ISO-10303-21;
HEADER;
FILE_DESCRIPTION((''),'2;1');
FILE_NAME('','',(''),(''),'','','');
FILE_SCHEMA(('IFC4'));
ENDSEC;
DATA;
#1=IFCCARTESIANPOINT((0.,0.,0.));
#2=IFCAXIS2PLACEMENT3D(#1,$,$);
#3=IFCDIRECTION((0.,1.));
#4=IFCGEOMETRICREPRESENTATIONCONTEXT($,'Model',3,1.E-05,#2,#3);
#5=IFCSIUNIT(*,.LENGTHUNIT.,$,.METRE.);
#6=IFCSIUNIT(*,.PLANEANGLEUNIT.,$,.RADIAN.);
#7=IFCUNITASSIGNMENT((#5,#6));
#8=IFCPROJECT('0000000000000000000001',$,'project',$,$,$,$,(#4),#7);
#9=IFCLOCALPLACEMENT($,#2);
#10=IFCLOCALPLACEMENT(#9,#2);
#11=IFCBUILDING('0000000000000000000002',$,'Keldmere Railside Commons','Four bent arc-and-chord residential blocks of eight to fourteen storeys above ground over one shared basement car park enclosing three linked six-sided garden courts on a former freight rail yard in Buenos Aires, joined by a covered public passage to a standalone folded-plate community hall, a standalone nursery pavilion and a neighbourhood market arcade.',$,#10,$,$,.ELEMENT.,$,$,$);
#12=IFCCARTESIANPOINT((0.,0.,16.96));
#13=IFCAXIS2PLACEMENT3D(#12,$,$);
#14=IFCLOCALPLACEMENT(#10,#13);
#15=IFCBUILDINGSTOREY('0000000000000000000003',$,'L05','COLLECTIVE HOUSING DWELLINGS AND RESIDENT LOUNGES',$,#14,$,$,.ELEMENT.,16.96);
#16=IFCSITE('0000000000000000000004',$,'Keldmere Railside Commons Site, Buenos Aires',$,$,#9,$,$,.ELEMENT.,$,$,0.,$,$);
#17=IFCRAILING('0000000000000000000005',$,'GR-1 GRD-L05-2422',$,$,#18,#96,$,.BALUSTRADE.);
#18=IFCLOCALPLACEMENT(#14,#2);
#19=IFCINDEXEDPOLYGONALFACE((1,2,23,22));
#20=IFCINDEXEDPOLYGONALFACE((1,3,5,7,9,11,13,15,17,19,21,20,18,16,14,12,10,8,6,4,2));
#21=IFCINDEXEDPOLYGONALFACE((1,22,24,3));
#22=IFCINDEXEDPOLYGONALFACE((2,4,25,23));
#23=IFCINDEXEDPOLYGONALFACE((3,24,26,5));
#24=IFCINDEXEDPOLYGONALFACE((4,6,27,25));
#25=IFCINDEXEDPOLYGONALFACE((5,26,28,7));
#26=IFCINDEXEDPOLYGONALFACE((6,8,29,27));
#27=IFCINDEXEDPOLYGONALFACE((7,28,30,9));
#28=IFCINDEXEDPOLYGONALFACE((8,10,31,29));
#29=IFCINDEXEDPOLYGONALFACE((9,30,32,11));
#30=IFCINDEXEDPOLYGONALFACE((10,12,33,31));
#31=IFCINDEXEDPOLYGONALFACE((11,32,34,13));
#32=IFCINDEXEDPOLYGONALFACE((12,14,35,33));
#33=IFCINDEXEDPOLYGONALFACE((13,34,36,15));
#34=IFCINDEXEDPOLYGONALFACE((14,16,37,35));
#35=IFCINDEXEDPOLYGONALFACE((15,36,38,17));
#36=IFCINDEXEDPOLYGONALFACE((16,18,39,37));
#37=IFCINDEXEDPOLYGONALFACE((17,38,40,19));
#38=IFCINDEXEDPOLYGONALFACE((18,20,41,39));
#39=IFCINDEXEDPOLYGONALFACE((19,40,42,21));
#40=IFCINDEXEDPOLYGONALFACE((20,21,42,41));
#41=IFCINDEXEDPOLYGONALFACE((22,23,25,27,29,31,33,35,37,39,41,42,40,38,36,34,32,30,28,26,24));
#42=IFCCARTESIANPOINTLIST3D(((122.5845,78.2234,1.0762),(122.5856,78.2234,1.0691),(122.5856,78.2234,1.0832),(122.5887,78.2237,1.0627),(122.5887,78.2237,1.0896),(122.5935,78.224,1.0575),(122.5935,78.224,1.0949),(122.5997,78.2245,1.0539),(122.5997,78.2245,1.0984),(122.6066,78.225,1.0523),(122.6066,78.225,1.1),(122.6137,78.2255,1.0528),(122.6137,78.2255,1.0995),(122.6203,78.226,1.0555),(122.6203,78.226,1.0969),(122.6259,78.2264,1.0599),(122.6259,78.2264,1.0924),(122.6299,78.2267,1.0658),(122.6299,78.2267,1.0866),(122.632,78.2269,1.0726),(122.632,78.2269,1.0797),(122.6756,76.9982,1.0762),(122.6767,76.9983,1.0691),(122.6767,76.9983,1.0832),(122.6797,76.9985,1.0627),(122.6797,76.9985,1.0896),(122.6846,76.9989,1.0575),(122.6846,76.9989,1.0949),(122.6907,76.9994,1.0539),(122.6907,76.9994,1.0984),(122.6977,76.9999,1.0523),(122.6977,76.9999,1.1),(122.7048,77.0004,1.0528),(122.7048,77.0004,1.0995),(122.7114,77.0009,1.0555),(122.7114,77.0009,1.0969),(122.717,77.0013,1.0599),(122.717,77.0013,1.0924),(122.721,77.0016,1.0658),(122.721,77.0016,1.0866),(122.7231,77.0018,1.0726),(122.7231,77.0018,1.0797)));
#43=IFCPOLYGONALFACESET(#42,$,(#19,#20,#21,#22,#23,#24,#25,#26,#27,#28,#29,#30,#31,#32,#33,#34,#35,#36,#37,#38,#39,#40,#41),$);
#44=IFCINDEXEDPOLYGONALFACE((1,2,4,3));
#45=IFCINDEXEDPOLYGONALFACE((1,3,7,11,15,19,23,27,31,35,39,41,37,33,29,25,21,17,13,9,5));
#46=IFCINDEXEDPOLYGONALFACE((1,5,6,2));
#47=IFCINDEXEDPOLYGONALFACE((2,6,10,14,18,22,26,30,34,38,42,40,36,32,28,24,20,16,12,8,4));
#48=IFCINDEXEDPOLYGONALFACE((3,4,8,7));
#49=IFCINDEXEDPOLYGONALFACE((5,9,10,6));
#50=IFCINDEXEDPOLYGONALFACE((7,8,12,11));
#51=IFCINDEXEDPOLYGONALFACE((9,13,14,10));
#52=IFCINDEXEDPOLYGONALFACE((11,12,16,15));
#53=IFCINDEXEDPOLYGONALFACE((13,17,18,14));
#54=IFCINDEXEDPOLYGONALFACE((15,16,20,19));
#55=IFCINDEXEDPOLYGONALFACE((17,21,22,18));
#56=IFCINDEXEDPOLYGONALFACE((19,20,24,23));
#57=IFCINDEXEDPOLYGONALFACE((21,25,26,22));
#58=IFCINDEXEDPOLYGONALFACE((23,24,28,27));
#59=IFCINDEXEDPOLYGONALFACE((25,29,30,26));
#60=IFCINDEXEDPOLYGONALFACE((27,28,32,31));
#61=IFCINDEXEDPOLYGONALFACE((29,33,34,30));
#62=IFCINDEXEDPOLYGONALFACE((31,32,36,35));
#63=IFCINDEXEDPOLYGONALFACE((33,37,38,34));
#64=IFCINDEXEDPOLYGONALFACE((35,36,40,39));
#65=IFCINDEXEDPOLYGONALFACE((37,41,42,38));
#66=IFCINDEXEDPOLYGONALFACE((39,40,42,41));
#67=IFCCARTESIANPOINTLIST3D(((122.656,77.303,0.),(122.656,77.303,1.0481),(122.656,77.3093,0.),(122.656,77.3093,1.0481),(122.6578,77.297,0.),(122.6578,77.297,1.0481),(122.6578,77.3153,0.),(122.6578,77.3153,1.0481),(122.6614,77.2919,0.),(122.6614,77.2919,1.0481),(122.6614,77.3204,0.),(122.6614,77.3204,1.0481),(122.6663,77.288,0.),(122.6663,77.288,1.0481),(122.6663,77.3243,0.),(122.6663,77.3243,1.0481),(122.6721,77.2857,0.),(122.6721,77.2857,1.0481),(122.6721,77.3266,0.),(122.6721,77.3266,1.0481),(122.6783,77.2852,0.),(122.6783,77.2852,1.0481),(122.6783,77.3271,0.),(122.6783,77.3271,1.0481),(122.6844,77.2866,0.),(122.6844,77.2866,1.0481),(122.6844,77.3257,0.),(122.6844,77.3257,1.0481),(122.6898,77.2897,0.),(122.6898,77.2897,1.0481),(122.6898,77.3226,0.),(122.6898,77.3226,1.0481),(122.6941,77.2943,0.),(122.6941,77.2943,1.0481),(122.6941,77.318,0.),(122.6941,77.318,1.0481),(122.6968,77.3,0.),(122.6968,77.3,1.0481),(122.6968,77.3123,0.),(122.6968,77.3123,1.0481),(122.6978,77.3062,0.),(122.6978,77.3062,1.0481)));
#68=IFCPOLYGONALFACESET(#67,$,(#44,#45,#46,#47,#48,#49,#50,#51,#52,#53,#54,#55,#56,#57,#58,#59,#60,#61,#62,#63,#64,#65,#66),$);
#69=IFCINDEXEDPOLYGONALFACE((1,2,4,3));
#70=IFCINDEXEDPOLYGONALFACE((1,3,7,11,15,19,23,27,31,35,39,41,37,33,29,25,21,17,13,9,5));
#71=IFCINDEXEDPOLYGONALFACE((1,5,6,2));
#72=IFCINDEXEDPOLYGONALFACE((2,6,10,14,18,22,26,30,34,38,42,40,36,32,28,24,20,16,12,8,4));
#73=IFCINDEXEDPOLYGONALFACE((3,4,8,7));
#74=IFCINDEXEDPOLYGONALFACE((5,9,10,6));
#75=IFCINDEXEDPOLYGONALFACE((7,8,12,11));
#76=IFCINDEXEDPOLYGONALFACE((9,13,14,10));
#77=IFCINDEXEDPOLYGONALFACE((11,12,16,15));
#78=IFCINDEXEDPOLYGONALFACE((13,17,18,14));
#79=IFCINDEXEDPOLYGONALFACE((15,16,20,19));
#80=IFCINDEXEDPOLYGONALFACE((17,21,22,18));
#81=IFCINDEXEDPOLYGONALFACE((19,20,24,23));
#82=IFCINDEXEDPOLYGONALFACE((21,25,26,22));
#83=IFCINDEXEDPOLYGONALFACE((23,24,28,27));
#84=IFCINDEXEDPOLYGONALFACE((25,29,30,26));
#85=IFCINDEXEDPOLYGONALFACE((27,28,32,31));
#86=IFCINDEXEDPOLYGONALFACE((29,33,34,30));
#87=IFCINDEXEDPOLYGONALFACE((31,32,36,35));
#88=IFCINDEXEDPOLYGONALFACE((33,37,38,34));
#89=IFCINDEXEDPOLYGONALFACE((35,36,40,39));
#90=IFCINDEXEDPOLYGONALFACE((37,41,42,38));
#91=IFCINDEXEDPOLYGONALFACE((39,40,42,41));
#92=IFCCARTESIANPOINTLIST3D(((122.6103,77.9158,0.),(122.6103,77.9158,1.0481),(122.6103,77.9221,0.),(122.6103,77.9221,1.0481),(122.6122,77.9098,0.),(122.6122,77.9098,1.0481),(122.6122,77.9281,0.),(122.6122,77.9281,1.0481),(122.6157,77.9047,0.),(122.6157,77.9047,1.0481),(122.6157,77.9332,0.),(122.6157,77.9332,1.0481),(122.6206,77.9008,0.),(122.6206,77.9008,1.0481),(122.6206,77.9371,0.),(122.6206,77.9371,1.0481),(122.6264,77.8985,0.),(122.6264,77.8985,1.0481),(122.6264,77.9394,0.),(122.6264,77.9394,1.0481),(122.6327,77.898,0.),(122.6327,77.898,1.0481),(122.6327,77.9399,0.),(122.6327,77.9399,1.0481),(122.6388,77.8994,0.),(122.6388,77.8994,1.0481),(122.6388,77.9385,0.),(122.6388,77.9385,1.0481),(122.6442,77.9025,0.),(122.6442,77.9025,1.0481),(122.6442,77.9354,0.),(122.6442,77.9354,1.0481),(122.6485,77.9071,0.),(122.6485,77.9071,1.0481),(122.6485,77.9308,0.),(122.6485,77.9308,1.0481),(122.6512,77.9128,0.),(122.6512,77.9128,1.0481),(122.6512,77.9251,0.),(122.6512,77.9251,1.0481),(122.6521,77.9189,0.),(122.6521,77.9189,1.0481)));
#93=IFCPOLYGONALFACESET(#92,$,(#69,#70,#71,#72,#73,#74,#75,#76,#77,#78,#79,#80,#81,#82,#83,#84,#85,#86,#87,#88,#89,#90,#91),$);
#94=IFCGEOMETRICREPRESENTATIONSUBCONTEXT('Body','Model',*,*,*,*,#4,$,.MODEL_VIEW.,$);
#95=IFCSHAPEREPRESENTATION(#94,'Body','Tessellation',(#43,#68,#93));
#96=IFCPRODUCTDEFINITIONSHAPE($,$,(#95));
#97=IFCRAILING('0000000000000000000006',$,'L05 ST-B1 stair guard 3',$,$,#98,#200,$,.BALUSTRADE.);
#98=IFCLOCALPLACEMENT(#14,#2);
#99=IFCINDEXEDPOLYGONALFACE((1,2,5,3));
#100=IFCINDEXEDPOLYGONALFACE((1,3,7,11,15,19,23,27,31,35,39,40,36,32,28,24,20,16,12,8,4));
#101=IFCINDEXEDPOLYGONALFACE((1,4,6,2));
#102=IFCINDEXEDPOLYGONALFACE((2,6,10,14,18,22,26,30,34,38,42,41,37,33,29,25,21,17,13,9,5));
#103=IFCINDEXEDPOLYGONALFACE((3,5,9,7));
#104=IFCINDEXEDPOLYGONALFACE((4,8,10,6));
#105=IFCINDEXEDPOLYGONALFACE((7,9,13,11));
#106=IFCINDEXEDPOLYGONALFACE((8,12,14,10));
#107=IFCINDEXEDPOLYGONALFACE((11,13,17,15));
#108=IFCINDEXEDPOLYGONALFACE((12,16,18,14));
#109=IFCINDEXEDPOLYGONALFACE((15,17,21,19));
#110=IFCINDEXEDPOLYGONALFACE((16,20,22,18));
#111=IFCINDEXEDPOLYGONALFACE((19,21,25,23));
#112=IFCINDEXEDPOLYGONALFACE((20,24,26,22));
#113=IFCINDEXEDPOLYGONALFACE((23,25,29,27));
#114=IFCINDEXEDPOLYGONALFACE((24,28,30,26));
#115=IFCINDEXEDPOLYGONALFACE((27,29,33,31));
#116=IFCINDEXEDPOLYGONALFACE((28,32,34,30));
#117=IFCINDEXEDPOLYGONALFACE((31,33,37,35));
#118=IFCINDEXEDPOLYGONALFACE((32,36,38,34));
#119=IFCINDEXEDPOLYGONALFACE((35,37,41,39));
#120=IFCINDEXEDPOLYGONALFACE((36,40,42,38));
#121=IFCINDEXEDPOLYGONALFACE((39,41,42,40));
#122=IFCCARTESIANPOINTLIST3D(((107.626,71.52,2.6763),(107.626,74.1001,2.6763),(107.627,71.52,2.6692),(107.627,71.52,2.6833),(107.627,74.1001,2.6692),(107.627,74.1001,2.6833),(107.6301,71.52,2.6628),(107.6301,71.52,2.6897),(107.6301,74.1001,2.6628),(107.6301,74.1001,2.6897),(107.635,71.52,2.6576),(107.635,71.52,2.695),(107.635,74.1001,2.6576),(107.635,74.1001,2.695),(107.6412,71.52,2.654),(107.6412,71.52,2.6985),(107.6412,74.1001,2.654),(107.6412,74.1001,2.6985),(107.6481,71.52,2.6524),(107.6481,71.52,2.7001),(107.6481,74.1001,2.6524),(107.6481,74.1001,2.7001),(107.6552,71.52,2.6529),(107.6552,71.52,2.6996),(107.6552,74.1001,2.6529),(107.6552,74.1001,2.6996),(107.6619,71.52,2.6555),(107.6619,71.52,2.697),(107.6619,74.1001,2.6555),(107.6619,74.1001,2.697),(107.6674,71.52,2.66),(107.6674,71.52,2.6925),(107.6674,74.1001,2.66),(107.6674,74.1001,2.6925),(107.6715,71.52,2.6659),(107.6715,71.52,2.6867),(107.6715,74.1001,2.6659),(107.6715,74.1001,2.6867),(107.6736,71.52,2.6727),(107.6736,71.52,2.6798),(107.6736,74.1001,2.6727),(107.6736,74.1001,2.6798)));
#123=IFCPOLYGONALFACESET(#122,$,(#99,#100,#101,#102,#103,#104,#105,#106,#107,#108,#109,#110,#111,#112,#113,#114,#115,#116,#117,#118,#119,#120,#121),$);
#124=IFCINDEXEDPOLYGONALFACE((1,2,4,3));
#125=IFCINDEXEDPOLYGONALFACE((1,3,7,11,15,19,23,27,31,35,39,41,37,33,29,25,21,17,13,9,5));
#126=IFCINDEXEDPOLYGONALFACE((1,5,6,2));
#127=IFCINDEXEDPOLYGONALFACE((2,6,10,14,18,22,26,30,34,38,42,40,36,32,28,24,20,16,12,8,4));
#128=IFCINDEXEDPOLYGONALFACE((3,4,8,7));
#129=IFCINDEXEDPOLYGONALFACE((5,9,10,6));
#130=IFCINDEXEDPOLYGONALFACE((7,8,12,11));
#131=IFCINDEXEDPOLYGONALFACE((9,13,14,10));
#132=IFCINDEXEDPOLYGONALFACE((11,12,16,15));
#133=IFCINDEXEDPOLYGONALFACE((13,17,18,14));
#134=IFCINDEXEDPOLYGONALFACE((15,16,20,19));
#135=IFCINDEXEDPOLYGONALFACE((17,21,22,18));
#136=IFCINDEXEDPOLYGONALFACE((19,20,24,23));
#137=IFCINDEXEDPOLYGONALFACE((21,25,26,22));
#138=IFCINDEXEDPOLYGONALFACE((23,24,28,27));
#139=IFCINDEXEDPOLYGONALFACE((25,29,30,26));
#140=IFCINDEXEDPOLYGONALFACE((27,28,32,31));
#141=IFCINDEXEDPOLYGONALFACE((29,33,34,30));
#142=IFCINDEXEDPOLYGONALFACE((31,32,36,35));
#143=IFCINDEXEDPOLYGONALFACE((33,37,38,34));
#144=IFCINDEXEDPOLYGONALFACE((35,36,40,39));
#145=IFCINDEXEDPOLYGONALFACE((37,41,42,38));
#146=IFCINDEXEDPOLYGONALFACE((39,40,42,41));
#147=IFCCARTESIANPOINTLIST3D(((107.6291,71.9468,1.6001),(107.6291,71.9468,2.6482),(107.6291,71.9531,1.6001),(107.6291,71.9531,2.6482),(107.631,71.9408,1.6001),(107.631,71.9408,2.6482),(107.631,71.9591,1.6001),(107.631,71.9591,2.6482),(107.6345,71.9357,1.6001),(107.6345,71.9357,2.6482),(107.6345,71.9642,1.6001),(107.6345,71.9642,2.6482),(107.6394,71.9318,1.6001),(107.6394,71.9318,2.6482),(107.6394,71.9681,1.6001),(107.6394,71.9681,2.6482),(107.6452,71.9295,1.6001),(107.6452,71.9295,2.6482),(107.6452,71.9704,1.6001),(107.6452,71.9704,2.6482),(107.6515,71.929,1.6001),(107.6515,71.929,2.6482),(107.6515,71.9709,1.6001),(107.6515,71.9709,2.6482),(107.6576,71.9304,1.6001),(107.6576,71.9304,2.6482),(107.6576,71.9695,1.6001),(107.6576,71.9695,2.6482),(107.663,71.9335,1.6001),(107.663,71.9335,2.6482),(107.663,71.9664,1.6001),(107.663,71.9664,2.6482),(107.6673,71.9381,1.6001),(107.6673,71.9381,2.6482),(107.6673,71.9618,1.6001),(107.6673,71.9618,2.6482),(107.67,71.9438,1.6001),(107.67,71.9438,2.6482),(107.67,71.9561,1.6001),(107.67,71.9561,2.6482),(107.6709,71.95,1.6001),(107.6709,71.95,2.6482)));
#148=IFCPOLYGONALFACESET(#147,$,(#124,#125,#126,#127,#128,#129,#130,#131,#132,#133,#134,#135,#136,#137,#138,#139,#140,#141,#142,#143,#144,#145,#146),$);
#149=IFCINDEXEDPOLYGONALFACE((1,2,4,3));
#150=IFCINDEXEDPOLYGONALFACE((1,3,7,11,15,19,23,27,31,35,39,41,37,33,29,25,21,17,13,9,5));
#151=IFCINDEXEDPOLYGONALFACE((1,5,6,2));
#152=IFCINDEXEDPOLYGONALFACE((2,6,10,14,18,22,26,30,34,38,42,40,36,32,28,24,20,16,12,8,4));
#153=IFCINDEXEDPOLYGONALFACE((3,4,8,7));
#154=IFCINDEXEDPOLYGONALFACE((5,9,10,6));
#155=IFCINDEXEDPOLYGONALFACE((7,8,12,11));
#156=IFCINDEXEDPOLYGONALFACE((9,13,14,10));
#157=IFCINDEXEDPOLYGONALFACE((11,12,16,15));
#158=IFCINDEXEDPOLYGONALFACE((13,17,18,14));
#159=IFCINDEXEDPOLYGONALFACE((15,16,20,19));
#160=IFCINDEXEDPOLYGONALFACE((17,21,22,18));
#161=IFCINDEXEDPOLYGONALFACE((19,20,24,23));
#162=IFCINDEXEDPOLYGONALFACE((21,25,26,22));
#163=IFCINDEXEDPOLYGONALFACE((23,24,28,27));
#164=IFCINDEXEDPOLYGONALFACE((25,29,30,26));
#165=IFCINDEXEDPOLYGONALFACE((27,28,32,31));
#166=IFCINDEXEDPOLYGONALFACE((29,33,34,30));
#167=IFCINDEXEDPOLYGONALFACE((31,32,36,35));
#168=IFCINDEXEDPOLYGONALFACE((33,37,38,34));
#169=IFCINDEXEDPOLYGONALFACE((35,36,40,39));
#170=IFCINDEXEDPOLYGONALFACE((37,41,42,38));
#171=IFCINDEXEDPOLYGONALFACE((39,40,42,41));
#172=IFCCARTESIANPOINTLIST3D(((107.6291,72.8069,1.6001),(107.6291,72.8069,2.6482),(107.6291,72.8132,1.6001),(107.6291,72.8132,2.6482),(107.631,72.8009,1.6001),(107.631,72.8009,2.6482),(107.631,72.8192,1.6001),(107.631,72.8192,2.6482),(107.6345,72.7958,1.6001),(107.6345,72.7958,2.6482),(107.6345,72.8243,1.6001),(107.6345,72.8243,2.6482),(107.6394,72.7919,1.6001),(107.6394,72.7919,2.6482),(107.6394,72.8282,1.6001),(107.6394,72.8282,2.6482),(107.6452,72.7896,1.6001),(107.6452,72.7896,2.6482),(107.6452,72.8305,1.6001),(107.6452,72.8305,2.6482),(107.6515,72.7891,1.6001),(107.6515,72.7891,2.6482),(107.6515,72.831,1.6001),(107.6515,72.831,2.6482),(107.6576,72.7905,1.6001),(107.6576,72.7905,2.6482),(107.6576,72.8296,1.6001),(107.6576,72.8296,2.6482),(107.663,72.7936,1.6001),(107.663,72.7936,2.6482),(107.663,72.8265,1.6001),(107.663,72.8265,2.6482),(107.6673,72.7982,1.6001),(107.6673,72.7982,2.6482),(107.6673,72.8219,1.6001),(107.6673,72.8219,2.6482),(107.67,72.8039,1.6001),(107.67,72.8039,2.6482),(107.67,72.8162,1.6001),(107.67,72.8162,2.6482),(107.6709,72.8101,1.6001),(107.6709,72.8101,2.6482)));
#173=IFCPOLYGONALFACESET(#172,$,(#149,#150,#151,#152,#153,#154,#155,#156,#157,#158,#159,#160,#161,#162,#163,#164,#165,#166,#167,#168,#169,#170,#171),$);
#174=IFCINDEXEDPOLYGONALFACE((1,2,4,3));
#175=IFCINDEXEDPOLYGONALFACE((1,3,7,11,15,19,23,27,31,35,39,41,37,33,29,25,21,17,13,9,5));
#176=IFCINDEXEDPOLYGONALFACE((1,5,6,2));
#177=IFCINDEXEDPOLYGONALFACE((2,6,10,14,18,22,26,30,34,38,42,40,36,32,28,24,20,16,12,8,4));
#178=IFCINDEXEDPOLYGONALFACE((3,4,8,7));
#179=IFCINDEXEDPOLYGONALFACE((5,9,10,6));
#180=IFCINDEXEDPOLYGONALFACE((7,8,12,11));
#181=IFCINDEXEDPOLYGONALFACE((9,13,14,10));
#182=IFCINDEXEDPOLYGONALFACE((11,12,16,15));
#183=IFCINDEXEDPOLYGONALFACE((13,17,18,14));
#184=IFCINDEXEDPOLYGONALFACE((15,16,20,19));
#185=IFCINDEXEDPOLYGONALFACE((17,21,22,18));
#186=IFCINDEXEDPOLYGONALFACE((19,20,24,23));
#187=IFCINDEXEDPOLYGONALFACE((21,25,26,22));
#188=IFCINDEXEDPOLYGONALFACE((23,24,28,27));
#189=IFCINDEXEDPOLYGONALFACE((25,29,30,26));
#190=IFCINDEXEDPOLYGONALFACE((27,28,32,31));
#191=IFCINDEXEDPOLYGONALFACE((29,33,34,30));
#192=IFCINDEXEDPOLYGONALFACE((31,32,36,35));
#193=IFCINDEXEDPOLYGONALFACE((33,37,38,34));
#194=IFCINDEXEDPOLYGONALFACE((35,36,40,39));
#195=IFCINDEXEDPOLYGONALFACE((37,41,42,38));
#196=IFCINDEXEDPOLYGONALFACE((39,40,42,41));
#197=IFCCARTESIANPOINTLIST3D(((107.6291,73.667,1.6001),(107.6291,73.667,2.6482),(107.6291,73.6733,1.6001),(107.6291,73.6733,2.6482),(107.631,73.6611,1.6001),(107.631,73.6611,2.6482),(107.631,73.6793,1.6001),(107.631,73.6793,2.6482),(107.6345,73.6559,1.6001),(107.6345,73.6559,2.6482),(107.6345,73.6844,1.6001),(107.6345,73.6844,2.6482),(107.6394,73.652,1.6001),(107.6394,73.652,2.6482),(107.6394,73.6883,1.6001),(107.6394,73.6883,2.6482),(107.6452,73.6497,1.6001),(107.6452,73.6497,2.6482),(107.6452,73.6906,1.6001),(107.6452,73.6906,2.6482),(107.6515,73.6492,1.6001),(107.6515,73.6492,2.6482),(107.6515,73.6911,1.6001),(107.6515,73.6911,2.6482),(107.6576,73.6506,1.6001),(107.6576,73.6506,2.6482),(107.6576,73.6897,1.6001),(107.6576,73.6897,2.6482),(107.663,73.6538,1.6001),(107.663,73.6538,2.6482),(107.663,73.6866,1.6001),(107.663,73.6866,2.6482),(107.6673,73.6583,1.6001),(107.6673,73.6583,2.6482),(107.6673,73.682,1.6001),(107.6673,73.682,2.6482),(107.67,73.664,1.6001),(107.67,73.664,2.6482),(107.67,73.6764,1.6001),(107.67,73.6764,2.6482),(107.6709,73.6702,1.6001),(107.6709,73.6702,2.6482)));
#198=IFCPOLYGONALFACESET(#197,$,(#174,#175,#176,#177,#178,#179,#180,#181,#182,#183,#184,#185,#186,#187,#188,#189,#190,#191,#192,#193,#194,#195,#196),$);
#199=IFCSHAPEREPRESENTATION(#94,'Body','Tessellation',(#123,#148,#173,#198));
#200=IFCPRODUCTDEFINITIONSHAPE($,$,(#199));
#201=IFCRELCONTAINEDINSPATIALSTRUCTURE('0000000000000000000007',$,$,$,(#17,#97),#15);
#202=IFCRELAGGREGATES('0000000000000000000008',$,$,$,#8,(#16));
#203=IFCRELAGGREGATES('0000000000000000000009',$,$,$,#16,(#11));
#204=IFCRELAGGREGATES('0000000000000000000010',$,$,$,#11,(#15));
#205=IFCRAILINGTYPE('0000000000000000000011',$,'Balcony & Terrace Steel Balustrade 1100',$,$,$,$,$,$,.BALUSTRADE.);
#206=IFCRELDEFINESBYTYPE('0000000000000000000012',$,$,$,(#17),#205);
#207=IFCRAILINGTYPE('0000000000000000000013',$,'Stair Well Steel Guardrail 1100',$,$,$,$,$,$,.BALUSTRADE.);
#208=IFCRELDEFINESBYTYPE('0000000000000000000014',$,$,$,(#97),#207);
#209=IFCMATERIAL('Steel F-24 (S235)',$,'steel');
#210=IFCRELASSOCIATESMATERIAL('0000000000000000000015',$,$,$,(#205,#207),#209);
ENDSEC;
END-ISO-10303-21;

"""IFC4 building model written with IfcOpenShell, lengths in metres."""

from ifc_helpers import new_model, si_unit, direction, frame, origin, origin_2d, place, context, subcontext, project, spatial, circle, extrude, material, type_object, element, save


model = new_model("IFC4")

# Units and contexts
model_context = context("Model", 3, precision=1e-05, world=origin(), true_north=direction((0.0, 1.0)))
body_context = subcontext(model_context, "Body", "Model", "MODEL_VIEW")
ifc_project = project(units=[si_unit("LENGTHUNIT", "METRE"), si_unit("PLANEANGLEUNIT", "RADIAN")], contexts=[model_context])

# Site, building, storey
site_placement = place(None, origin())
site = spatial("IfcSite", under=ifc_project, at=site_placement, Name="Keldmere Railside Commons Site, Buenos Aires", CompositionType="ELEMENT", RefElevation=0.0)
building_placement = place(site_placement, origin())
building = spatial("IfcBuilding", under=site, at=building_placement, Name="Keldmere Railside Commons", Description="Four bent arc-and-chord residential blocks of eight to fourteen storeys above ground over one shared basement car park enclosing three linked six-sided garden courts on a former freight rail yard in Buenos Aires, joined by a covered public passage to a standalone folded-plate community hall, a standalone nursery pavilion and a neighbourhood market arcade.", CompositionType="ELEMENT")
storey_placement = place(building_placement, frame((0.0, 0.0, 16.96)))
storey = spatial("IfcBuildingStorey", under=building, at=storey_placement, Name="L05", Description="COLLECTIVE HOUSING DWELLINGS AND RESIDENT LOUNGES", CompositionType="ELEMENT", Elevation=16.96)

# Railings
ifc_material_1 = material(Name="Steel F-24 (S235)", Category="steel")
railing_type_1 = type_object("IfcRailingType", Name="Balcony & Terrace Steel Balustrade 1100", PredefinedType="BALUSTRADE", material=ifc_material_1)
railing_1_placement = place(storey_placement, frame((122.6995, 77.0, 0.0)))
element("IfcRailing", 1, at=railing_1_placement, inside=storey, type_object=railing_type_1, Name="GR-1 GRD-L05-2422", PredefinedType="BALUSTRADE", context=body_context, shape_type="SweptSolid", body=[
    extrude(circle(Radius=0.0239, at=origin_2d()), frame((0.0, 0.0, 1.0762), z_axis=(-0.074128, 0.997249, 0.0), x_axis=(-0.997249, -0.074128, 0.0)), (0.0, 0.0, 1.0), 1.2285),
    extrude(circle(Radius=0.021, at=origin_2d()), frame((-0.0227, 0.3062, 0.0)), (0.0, 0.0, 1.0), 1.0481),
    extrude(circle(Radius=0.021, at=origin_2d()), frame((-0.0684, 0.9189, 0.0)), (0.0, 0.0, 1.0), 1.0481),
])
railing_type_2 = type_object("IfcRailingType", Name="Stair Well Steel Guardrail 1100", PredefinedType="BALUSTRADE", material=ifc_material_1)
railing_2_placement = place(storey_placement, frame((107.6499, 71.52, 1.6001)))
element("IfcRailing", 2, at=railing_2_placement, inside=storey, type_object=railing_type_2, Name="L05 ST-B1 stair guard 3", PredefinedType="BALUSTRADE", context=body_context, shape_type="SweptSolid", body=[
    extrude(circle(Radius=0.0239, at=origin_2d()), frame((0.0, 0.0, 1.0762), z_axis=(0.0, 1.0, 0.0), x_axis=(-1.0, 0.0, 0.0)), (0.0, 0.0, 1.0), 2.5801),
    extrude(circle(Radius=0.021, at=origin_2d()), frame((0.0, 0.4299, 0.0)), (0.0, 0.0, 1.0), 1.0481),
    extrude(circle(Radius=0.021, at=origin_2d()), frame((0.0, 1.29, 0.0)), (0.0, 0.0, 1.0), 1.0481),
    extrude(circle(Radius=0.021, at=origin_2d()), frame((0.0, 2.1501, 0.0)), (0.0, 0.0, 1.0), 1.0481),
])

save(model, "model.ifc")
